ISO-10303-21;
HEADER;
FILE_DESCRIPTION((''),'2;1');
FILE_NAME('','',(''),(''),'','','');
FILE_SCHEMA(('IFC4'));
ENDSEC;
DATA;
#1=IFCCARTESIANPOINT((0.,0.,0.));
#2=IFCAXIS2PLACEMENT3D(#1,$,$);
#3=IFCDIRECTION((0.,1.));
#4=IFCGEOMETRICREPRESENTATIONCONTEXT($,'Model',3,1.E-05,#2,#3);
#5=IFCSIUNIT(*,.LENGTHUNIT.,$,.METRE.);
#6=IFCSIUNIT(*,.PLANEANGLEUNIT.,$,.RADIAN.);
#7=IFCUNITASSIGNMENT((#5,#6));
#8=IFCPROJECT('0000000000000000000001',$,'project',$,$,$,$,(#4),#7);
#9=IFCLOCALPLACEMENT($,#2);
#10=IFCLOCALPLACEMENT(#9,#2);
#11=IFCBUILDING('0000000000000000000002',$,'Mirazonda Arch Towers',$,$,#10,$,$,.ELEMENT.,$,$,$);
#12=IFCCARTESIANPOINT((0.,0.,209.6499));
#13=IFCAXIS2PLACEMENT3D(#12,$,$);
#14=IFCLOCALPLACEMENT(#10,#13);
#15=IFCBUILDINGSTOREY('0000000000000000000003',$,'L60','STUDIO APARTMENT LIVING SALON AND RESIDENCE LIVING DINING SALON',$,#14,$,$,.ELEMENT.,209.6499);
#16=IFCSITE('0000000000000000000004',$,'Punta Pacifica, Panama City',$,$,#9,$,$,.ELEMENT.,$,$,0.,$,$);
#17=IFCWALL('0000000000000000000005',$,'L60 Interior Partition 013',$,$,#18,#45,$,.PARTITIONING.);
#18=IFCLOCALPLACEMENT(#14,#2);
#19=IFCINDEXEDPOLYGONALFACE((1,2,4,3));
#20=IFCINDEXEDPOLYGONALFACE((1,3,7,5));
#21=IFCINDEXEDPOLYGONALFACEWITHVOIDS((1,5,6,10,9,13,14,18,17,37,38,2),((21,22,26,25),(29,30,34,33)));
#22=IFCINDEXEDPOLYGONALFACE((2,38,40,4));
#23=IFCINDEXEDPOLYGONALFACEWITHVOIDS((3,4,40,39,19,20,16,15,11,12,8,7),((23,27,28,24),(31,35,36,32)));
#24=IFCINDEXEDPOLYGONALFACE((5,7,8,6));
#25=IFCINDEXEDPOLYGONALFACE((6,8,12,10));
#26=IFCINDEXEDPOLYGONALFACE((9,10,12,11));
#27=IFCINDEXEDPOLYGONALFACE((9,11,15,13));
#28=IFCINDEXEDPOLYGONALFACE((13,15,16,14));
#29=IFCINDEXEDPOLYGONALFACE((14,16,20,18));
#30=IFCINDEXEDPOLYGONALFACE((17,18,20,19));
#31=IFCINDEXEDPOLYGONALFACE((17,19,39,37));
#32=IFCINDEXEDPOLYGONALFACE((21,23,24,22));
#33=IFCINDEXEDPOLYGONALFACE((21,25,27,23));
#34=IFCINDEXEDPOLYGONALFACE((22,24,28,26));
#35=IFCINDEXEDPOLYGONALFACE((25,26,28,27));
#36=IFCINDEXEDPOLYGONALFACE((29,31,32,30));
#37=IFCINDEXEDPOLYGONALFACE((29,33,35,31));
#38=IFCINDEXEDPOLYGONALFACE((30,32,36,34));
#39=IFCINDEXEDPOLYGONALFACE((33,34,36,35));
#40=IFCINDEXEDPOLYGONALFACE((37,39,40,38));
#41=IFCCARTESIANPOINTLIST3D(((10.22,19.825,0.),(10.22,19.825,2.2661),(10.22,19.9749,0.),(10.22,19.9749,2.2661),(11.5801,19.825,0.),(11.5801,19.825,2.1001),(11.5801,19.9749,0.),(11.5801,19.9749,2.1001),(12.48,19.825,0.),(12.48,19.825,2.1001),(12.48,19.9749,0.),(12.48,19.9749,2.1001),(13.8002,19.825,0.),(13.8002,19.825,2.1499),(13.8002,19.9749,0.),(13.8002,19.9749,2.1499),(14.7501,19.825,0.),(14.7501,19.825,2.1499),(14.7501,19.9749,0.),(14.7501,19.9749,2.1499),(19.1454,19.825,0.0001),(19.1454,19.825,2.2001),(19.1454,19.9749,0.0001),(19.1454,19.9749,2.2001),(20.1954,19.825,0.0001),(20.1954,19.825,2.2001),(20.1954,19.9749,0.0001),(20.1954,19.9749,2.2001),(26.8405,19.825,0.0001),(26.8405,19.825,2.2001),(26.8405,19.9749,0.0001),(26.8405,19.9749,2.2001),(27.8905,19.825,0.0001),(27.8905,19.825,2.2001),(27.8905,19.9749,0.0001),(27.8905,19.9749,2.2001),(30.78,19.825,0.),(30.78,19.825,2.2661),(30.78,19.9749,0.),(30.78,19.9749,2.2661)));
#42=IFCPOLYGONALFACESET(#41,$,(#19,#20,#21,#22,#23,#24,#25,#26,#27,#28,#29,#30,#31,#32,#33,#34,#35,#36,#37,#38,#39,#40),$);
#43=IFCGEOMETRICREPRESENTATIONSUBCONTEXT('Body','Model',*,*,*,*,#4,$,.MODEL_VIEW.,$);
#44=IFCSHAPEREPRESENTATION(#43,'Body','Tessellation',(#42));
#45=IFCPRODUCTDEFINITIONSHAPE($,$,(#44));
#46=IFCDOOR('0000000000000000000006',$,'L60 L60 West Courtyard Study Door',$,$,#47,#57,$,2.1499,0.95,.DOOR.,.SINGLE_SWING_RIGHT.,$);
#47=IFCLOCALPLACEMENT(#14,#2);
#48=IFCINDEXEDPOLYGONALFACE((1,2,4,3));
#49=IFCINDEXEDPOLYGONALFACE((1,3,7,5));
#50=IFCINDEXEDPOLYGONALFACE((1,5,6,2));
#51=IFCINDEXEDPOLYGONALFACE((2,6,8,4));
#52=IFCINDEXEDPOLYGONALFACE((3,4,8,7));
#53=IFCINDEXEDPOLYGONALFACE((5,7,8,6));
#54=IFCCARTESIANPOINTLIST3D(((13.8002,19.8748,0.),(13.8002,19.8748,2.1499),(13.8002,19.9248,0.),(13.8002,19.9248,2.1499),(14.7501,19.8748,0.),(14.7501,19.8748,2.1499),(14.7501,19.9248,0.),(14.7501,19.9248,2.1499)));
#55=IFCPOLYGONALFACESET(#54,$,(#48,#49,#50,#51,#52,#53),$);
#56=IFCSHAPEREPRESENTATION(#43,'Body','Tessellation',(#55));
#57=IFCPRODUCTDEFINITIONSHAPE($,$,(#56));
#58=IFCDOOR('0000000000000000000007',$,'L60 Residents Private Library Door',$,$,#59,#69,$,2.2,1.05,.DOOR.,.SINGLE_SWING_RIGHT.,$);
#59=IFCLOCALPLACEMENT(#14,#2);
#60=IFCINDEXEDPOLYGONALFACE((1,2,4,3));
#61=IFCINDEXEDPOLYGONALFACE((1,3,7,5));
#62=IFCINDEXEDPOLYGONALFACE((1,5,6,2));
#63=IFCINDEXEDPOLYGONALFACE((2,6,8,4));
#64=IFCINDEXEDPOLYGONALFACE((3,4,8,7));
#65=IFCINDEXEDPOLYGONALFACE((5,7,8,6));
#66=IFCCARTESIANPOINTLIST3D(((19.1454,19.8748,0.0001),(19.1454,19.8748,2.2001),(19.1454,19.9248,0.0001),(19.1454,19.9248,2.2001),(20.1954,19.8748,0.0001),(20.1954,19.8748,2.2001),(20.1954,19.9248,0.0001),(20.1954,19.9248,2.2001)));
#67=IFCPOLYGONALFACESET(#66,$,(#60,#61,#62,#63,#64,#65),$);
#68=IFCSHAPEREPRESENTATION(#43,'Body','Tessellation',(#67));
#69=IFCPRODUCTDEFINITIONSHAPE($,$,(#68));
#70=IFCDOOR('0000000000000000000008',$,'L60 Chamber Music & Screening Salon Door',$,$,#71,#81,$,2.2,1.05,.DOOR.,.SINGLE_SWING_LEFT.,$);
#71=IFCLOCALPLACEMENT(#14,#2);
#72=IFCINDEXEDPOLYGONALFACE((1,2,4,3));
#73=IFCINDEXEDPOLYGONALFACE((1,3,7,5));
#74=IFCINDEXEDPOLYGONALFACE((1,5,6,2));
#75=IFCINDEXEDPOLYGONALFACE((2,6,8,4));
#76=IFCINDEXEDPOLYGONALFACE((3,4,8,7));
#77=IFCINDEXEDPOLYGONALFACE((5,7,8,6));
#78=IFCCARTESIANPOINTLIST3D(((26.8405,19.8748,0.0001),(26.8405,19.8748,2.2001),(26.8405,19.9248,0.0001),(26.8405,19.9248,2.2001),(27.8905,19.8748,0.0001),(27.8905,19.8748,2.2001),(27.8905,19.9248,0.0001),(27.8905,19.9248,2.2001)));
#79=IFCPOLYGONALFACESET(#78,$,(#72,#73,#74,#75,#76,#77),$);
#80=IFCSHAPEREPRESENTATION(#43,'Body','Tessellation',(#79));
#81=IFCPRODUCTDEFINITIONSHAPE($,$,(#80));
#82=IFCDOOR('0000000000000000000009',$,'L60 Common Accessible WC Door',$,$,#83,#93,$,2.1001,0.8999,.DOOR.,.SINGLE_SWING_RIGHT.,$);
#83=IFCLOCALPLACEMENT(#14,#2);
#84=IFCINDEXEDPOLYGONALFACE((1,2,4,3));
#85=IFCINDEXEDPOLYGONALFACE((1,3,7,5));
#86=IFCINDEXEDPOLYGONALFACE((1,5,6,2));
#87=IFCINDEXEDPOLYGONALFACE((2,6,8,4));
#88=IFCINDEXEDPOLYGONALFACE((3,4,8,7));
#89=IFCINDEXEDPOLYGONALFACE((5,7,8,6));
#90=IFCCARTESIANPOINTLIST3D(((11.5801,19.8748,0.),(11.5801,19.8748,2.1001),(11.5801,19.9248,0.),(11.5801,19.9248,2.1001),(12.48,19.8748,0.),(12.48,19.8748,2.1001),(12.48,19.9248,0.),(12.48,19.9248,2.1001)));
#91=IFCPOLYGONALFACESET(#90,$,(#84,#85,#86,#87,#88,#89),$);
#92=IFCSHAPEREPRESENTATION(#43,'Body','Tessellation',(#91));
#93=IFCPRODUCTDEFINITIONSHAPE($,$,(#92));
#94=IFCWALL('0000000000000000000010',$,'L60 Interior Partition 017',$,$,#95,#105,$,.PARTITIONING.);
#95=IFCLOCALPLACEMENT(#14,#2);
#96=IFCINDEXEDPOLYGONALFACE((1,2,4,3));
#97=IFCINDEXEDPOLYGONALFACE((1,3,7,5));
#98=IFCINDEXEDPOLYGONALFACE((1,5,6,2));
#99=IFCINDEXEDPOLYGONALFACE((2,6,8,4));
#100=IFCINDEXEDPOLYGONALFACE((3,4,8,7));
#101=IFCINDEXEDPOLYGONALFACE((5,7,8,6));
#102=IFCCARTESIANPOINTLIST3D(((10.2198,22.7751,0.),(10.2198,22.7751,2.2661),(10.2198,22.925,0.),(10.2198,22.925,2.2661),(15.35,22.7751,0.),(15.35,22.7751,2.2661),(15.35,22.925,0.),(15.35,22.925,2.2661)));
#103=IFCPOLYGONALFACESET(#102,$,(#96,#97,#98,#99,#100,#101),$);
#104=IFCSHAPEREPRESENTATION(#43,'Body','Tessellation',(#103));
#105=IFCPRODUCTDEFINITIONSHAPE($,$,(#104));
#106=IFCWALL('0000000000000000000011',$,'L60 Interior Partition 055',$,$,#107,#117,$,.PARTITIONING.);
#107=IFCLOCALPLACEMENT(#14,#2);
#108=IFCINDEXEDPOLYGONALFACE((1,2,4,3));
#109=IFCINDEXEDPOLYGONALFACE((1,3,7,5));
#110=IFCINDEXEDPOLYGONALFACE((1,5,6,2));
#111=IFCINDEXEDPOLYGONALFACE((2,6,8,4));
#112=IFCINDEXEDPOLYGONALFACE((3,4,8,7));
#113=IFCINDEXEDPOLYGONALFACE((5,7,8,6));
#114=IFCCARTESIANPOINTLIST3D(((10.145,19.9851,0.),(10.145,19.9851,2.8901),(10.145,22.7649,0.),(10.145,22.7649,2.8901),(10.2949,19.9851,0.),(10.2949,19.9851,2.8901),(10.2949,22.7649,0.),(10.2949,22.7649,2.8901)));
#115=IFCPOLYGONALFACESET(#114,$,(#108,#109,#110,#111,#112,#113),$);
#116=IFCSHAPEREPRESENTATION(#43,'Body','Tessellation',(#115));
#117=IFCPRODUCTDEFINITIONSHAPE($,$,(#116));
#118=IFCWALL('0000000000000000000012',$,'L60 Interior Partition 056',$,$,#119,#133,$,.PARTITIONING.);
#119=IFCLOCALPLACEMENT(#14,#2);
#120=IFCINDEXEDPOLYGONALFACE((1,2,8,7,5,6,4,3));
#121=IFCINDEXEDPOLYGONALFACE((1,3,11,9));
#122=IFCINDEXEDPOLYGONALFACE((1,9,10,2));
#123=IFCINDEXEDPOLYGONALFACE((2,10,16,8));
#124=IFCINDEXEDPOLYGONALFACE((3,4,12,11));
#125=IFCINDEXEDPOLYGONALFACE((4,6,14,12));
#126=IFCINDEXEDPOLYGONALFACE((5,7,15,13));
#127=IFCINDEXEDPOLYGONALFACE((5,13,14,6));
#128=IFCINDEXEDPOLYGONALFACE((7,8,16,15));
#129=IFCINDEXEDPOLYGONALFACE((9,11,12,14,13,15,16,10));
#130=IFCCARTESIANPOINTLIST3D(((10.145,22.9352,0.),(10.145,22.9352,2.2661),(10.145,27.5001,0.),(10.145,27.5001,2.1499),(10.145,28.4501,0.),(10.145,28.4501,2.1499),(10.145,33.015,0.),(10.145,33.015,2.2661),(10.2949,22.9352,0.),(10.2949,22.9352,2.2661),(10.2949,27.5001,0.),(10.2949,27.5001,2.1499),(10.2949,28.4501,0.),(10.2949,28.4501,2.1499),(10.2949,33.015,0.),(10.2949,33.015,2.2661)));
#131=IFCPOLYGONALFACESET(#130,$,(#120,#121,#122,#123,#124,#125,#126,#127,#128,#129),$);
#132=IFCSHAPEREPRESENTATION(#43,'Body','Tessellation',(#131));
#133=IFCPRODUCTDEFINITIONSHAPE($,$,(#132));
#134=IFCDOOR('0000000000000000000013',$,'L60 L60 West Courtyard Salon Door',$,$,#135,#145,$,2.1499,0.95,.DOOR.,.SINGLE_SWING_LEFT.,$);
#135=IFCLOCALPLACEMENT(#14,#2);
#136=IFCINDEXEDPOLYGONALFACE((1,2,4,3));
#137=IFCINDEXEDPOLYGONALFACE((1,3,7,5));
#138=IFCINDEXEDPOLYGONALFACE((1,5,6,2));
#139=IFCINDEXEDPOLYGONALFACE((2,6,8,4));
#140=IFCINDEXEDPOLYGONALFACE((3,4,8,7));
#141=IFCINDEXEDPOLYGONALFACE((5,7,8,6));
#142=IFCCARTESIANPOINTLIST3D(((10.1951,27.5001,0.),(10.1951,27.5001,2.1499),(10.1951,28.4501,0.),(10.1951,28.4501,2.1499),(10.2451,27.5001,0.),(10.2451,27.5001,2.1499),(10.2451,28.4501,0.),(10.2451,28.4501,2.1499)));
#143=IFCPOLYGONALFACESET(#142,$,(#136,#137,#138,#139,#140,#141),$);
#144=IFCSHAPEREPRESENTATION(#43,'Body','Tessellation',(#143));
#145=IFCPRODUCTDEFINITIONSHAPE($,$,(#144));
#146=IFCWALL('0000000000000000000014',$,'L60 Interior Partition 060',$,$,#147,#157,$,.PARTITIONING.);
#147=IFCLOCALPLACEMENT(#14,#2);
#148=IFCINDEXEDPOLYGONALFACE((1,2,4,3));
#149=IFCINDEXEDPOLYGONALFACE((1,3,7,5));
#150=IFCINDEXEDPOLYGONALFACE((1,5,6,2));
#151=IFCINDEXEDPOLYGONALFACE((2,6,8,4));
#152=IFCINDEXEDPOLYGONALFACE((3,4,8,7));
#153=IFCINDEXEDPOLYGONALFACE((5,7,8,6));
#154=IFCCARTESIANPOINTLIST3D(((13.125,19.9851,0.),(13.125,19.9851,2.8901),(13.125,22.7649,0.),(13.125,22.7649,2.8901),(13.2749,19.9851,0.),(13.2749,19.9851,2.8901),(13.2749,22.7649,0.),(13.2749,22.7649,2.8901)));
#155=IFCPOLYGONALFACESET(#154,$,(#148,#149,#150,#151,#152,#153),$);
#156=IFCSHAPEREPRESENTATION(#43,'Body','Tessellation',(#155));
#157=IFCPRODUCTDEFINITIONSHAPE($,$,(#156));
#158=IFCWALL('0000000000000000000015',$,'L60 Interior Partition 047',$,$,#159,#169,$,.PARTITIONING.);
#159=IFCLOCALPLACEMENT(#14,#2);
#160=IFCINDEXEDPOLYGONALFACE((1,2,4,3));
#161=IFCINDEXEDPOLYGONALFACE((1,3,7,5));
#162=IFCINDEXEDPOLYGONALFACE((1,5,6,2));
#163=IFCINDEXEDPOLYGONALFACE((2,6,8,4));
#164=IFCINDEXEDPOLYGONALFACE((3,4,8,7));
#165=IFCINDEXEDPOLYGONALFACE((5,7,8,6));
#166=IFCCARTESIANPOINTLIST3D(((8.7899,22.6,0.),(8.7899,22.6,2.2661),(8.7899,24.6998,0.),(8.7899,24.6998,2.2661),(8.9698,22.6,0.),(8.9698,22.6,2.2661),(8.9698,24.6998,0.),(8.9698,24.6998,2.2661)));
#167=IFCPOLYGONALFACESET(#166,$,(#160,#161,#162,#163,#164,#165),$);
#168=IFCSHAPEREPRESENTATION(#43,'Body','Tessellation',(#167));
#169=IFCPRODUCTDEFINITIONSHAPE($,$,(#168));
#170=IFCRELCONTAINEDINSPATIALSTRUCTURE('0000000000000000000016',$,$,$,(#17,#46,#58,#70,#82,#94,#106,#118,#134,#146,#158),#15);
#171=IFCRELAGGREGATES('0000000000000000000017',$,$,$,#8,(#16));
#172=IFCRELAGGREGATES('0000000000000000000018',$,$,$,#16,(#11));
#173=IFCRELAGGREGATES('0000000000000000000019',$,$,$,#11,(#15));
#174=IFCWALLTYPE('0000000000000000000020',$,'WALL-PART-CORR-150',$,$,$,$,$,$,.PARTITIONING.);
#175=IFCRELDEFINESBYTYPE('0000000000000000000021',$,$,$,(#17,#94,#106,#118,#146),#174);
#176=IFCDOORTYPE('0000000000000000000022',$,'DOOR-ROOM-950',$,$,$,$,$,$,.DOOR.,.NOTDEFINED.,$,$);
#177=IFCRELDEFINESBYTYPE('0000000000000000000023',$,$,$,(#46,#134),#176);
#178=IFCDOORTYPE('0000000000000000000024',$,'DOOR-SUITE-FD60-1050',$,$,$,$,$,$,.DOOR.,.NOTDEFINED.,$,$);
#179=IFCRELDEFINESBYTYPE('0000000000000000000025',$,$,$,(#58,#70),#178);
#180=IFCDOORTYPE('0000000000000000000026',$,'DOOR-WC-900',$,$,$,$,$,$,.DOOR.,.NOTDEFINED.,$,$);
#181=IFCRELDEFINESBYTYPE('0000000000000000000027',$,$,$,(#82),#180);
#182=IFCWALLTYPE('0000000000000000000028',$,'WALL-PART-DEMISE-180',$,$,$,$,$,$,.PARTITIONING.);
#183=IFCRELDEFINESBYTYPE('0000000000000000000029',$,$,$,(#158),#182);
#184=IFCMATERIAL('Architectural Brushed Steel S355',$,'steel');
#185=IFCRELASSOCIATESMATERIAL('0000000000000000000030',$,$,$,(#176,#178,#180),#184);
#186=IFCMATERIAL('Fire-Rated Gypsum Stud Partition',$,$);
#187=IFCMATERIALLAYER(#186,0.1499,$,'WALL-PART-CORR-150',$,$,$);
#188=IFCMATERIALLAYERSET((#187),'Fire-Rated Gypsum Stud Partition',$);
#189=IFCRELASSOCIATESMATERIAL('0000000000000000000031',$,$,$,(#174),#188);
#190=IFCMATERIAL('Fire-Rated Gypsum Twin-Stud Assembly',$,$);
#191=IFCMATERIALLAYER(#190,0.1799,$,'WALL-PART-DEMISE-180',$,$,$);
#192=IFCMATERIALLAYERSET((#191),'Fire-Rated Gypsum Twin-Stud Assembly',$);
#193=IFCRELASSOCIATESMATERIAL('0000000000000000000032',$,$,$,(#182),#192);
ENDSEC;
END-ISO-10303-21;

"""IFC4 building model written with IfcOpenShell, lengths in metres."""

from ifc_helpers import new_model, si_unit, direction, frame, frame_2d, origin, place, context, subcontext, project, spatial, rectangle, extrude, material, layer, layer_set, type_object, element, fill, save


model = new_model("IFC4")

# Units and contexts
model_context = context("Model", 3, precision=1e-05, world=origin(), true_north=direction((0.0, 1.0)))
body_context = subcontext(model_context, "Body", "Model", "MODEL_VIEW")
ifc_project = project(units=[si_unit("LENGTHUNIT", "METRE"), si_unit("PLANEANGLEUNIT", "RADIAN")], contexts=[model_context])

# Site, building, storey
site_placement = place(None, origin())
site = spatial("IfcSite", under=ifc_project, at=site_placement, Name="Punta Pacifica, Panama City", CompositionType="ELEMENT", RefElevation=0.0)
building_placement = place(site_placement, origin())
building = spatial("IfcBuilding", under=site, at=building_placement, Name="Mirazonda Arch Towers", CompositionType="ELEMENT")
storey_placement = place(building_placement, frame((0.0, 0.0, 209.6499)))
storey = spatial("IfcBuildingStorey", under=building, at=storey_placement, Name="L60", Description="STUDIO APARTMENT LIVING SALON AND RESIDENCE LIVING DINING SALON", CompositionType="ELEMENT", Elevation=209.6499)

# Shared definitions
ifc_material_1 = material(Name="Architectural Brushed Steel S355", Category="steel")
door_type_1 = type_object("IfcDoorType", Name="DOOR-ROOM-950", OperationType="NOTDEFINED", PredefinedType="DOOR", material=ifc_material_1)

# Shared definitions
ifc_material_2 = material(Name="Fire-Rated Gypsum Stud Partition")
ifc_layer_1 = layer(ifc_material_2, 0.1499, Name="WALL-PART-CORR-150")
ifc_layer_set_1 = layer_set([ifc_layer_1], Name="Fire-Rated Gypsum Stud Partition")
wall_type_1 = type_object("IfcWallType", Name="WALL-PART-CORR-150", PredefinedType="PARTITIONING", material=ifc_layer_set_1)

# Wall, openings, doors
wall_1_placement = place(storey_placement, frame((10.22, 19.8999, 0.0), z_axis=(0.0, 0.0, 1.0), x_axis=(1.0, 0.0, 0.0)))
wall_1 = element("IfcWall", 1, at=wall_1_placement, inside=storey, type_object=wall_type_1, Name="L60 Interior Partition 013", PredefinedType="PARTITIONING", context=body_context, shape_type="SweptSolid", body=[
    extrude(rectangle(XDim=20.5601, YDim=0.1499, at=frame_2d((10.28, 0.0))), origin(), (0.0, 0.0, 1.0), 2.2661),
])
opening_1_placement = place(wall_1_placement, frame((1.3601, 0.0, 0.0)))
opening_1 = element("IfcOpeningElement", 2, at=opening_1_placement, cuts=wall_1, PredefinedType="OPENING", context=body_context, shape_type="SweptSolid", body=[
    extrude(rectangle(XDim=0.8999, YDim=2.1001, at=frame_2d((0.45, 1.05))), frame((0.0, 0.085, 0.0), z_axis=(0.0, -1.0, 0.0), x_axis=(1.0, 0.0, 0.0)), (0.0, 0.0, 1.0), 0.1699),
])
opening_2_placement = place(wall_1_placement, frame((3.5801, 0.0, 0.0)))
opening_2 = element("IfcOpeningElement", 3, at=opening_2_placement, cuts=wall_1, PredefinedType="OPENING", context=body_context, shape_type="SweptSolid", body=[
    extrude(rectangle(XDim=0.95, YDim=2.1499, at=frame_2d((0.4751, 1.075))), frame((0.0, 0.085, 0.0), z_axis=(0.0, -1.0, 0.0), x_axis=(1.0, 0.0, 0.0)), (0.0, 0.0, 1.0), 0.1699),
])
opening_3_placement = place(wall_1_placement, frame((8.9255, 0.0, 0.0)))
opening_3 = element("IfcOpeningElement", 4, at=opening_3_placement, cuts=wall_1, PredefinedType="OPENING", context=body_context, shape_type="SweptSolid", body=[
    extrude(rectangle(XDim=1.05, YDim=2.2, at=frame_2d((0.5249, 1.1001))), frame((0.0, 0.085, 0.0), z_axis=(0.0, -1.0, 0.0), x_axis=(1.0, 0.0, 0.0)), (0.0, 0.0, 1.0), 0.1699),
])
opening_4_placement = place(wall_1_placement, frame((16.6206, 0.0, 0.0)))
opening_4 = element("IfcOpeningElement", 5, at=opening_4_placement, cuts=wall_1, PredefinedType="OPENING", context=body_context, shape_type="SweptSolid", body=[
    extrude(rectangle(XDim=1.05, YDim=2.2, at=frame_2d((0.5249, 1.1001))), frame((0.0, 0.085, 0.0), z_axis=(0.0, -1.0, 0.0), x_axis=(1.0, 0.0, 0.0)), (0.0, 0.0, 1.0), 0.1699),
])
door_1_placement = place(opening_2_placement, origin())
door_1 = element("IfcDoor", 6, at=door_1_placement, inside=storey, type_object=door_type_1, Name="L60 L60 West Courtyard Study Door", OperationType="SINGLE_SWING_RIGHT", OverallHeight=2.1499, OverallWidth=0.95, PredefinedType="DOOR", context=body_context, shape_type="SweptSolid", body=[
    extrude(rectangle(XDim=0.95, YDim=2.1499, at=frame_2d((0.4751, 1.075))), frame((0.0, 0.0249, 0.0), z_axis=(0.0, -1.0, 0.0), x_axis=(1.0, 0.0, 0.0)), (0.0, 0.0, 1.0), 0.05),
])
fill(opening_2, door_1)
door_type_2 = type_object("IfcDoorType", Name="DOOR-SUITE-FD60-1050", OperationType="NOTDEFINED", PredefinedType="DOOR", material=ifc_material_1)
door_2_placement = place(opening_3_placement, origin())
door_2 = element("IfcDoor", 7, at=door_2_placement, inside=storey, type_object=door_type_2, Name="L60 Residents Private Library Door", OperationType="SINGLE_SWING_RIGHT", OverallHeight=2.2, OverallWidth=1.05, PredefinedType="DOOR", context=body_context, shape_type="SweptSolid", body=[
    extrude(rectangle(XDim=1.05, YDim=2.2, at=frame_2d((0.5249, 1.1001))), frame((0.0, 0.0249, 0.0), z_axis=(0.0, -1.0, 0.0), x_axis=(1.0, 0.0, 0.0)), (0.0, 0.0, 1.0), 0.05),
])
fill(opening_3, door_2)
door_3_placement = place(opening_4_placement, origin())
door_3 = element("IfcDoor", 8, at=door_3_placement, inside=storey, type_object=door_type_2, Name="L60 Chamber Music & Screening Salon Door", OperationType="SINGLE_SWING_LEFT", OverallHeight=2.2, OverallWidth=1.05, PredefinedType="DOOR", context=body_context, shape_type="SweptSolid", body=[
    extrude(rectangle(XDim=1.05, YDim=2.2, at=frame_2d((0.5249, 1.1001))), frame((0.0, 0.0249, 0.0), z_axis=(0.0, -1.0, 0.0), x_axis=(1.0, 0.0, 0.0)), (0.0, 0.0, 1.0), 0.05),
])
fill(opening_4, door_3)
door_type_3 = type_object("IfcDoorType", Name="DOOR-WC-900", OperationType="NOTDEFINED", PredefinedType="DOOR", material=ifc_material_1)
door_4_placement = place(opening_1_placement, origin())
door_4 = element("IfcDoor", 9, at=door_4_placement, inside=storey, type_object=door_type_3, Name="L60 Common Accessible WC Door", OperationType="SINGLE_SWING_RIGHT", OverallHeight=2.1001, OverallWidth=0.8999, PredefinedType="DOOR", context=body_context, shape_type="SweptSolid", body=[
    extrude(rectangle(XDim=0.8999, YDim=2.1001, at=frame_2d((0.45, 1.05))), frame((0.0, 0.0249, 0.0), z_axis=(0.0, -1.0, 0.0), x_axis=(1.0, 0.0, 0.0)), (0.0, 0.0, 1.0), 0.05),
])
fill(opening_1, door_4)

# Walls
wall_2_placement = place(storey_placement, frame((10.22, 22.8501, 0.0), z_axis=(0.0, 0.0, 1.0), x_axis=(1.0, 0.0, 0.0)))
element("IfcWall", 10, at=wall_2_placement, inside=storey, type_object=wall_type_1, Name="L60 Interior Partition 017", PredefinedType="PARTITIONING", context=body_context, shape_type="SweptSolid", body=[
    extrude(rectangle(XDim=5.1301, YDim=0.1499, at=frame_2d((2.5649, 0.0))), origin(), (0.0, 0.0, 1.0), 2.2661),
])
wall_3_placement = place(storey_placement, frame((10.22, 19.9851, 0.0), z_axis=(0.0, 0.0, 1.0), x_axis=(0.0, 1.0, 0.0)))
element("IfcWall", 11, at=wall_3_placement, inside=storey, type_object=wall_type_1, Name="L60 Interior Partition 055", PredefinedType="PARTITIONING", context=body_context, shape_type="SweptSolid", body=[
    extrude(rectangle(XDim=2.7798, YDim=0.1499, at=frame_2d((1.3899, 0.0))), origin(), (0.0, 0.0, 1.0), 2.8901),
])

# Wall, opening, door
wall_4_placement = place(storey_placement, frame((10.22, 22.9351, 0.0), z_axis=(0.0, 0.0, 1.0), x_axis=(0.0, 1.0, 0.0)))
wall_4 = element("IfcWall", 12, at=wall_4_placement, inside=storey, type_object=wall_type_1, Name="L60 Interior Partition 056", PredefinedType="PARTITIONING", context=body_context, shape_type="SweptSolid", body=[
    extrude(rectangle(XDim=10.0798, YDim=0.1499, at=frame_2d((5.04, 0.0))), origin(), (0.0, 0.0, 1.0), 2.2661),
])
opening_5_placement = place(wall_4_placement, frame((4.5649, 0.0, 0.0)))
opening_5 = element("IfcOpeningElement", 13, at=opening_5_placement, cuts=wall_4, PredefinedType="OPENING", context=body_context, shape_type="SweptSolid", body=[
    extrude(rectangle(XDim=0.95, YDim=2.1499, at=frame_2d((0.4751, 1.075))), frame((0.0, 0.085, 0.0), z_axis=(0.0, -1.0, 0.0), x_axis=(1.0, 0.0, 0.0)), (0.0, 0.0, 1.0), 0.1699),
])
door_5_placement = place(opening_5_placement, origin())
door_5 = element("IfcDoor", 14, at=door_5_placement, inside=storey, type_object=door_type_1, Name="L60 L60 West Courtyard Salon Door", OperationType="SINGLE_SWING_LEFT", OverallHeight=2.1499, OverallWidth=0.95, PredefinedType="DOOR", context=body_context, shape_type="SweptSolid", body=[
    extrude(rectangle(XDim=0.95, YDim=2.1499, at=frame_2d((0.4751, 1.075))), frame((0.0, 0.0249, 0.0), z_axis=(0.0, -1.0, 0.0), x_axis=(1.0, 0.0, 0.0)), (0.0, 0.0, 1.0), 0.05),
])
fill(opening_5, door_5)

# Walls
wall_5_placement = place(storey_placement, frame((13.2, 19.9851, 0.0), z_axis=(0.0, 0.0, 1.0), x_axis=(0.0, 1.0, 0.0)))
element("IfcWall", 15, at=wall_5_placement, inside=storey, type_object=wall_type_1, Name="L60 Interior Partition 060", PredefinedType="PARTITIONING", context=body_context, shape_type="SweptSolid", body=[
    extrude(rectangle(XDim=2.7798, YDim=0.1499, at=frame_2d((1.3899, 0.0))), origin(), (0.0, 0.0, 1.0), 2.8901),
])
ifc_material_3 = material(Name="Fire-Rated Gypsum Twin-Stud Assembly")
ifc_layer_2 = layer(ifc_material_3, 0.1799, Name="WALL-PART-DEMISE-180")
ifc_layer_set_2 = layer_set([ifc_layer_2], Name="Fire-Rated Gypsum Twin-Stud Assembly")
wall_type_2 = type_object("IfcWallType", Name="WALL-PART-DEMISE-180", PredefinedType="PARTITIONING", material=ifc_layer_set_2)
wall_6_placement = place(storey_placement, frame((8.8799, 22.6001, 0.0), z_axis=(0.0, 0.0, 1.0), x_axis=(0.0, 1.0, 0.0)))
element("IfcWall", 16, at=wall_6_placement, inside=storey, type_object=wall_type_2, Name="L60 Interior Partition 047", PredefinedType="PARTITIONING", context=body_context, shape_type="SweptSolid", body=[
    extrude(rectangle(XDim=2.0999, YDim=0.1799, at=frame_2d((1.0498, 0.0))), origin(), (0.0, 0.0, 1.0), 2.2661),
])

save(model, "model.ifc")
